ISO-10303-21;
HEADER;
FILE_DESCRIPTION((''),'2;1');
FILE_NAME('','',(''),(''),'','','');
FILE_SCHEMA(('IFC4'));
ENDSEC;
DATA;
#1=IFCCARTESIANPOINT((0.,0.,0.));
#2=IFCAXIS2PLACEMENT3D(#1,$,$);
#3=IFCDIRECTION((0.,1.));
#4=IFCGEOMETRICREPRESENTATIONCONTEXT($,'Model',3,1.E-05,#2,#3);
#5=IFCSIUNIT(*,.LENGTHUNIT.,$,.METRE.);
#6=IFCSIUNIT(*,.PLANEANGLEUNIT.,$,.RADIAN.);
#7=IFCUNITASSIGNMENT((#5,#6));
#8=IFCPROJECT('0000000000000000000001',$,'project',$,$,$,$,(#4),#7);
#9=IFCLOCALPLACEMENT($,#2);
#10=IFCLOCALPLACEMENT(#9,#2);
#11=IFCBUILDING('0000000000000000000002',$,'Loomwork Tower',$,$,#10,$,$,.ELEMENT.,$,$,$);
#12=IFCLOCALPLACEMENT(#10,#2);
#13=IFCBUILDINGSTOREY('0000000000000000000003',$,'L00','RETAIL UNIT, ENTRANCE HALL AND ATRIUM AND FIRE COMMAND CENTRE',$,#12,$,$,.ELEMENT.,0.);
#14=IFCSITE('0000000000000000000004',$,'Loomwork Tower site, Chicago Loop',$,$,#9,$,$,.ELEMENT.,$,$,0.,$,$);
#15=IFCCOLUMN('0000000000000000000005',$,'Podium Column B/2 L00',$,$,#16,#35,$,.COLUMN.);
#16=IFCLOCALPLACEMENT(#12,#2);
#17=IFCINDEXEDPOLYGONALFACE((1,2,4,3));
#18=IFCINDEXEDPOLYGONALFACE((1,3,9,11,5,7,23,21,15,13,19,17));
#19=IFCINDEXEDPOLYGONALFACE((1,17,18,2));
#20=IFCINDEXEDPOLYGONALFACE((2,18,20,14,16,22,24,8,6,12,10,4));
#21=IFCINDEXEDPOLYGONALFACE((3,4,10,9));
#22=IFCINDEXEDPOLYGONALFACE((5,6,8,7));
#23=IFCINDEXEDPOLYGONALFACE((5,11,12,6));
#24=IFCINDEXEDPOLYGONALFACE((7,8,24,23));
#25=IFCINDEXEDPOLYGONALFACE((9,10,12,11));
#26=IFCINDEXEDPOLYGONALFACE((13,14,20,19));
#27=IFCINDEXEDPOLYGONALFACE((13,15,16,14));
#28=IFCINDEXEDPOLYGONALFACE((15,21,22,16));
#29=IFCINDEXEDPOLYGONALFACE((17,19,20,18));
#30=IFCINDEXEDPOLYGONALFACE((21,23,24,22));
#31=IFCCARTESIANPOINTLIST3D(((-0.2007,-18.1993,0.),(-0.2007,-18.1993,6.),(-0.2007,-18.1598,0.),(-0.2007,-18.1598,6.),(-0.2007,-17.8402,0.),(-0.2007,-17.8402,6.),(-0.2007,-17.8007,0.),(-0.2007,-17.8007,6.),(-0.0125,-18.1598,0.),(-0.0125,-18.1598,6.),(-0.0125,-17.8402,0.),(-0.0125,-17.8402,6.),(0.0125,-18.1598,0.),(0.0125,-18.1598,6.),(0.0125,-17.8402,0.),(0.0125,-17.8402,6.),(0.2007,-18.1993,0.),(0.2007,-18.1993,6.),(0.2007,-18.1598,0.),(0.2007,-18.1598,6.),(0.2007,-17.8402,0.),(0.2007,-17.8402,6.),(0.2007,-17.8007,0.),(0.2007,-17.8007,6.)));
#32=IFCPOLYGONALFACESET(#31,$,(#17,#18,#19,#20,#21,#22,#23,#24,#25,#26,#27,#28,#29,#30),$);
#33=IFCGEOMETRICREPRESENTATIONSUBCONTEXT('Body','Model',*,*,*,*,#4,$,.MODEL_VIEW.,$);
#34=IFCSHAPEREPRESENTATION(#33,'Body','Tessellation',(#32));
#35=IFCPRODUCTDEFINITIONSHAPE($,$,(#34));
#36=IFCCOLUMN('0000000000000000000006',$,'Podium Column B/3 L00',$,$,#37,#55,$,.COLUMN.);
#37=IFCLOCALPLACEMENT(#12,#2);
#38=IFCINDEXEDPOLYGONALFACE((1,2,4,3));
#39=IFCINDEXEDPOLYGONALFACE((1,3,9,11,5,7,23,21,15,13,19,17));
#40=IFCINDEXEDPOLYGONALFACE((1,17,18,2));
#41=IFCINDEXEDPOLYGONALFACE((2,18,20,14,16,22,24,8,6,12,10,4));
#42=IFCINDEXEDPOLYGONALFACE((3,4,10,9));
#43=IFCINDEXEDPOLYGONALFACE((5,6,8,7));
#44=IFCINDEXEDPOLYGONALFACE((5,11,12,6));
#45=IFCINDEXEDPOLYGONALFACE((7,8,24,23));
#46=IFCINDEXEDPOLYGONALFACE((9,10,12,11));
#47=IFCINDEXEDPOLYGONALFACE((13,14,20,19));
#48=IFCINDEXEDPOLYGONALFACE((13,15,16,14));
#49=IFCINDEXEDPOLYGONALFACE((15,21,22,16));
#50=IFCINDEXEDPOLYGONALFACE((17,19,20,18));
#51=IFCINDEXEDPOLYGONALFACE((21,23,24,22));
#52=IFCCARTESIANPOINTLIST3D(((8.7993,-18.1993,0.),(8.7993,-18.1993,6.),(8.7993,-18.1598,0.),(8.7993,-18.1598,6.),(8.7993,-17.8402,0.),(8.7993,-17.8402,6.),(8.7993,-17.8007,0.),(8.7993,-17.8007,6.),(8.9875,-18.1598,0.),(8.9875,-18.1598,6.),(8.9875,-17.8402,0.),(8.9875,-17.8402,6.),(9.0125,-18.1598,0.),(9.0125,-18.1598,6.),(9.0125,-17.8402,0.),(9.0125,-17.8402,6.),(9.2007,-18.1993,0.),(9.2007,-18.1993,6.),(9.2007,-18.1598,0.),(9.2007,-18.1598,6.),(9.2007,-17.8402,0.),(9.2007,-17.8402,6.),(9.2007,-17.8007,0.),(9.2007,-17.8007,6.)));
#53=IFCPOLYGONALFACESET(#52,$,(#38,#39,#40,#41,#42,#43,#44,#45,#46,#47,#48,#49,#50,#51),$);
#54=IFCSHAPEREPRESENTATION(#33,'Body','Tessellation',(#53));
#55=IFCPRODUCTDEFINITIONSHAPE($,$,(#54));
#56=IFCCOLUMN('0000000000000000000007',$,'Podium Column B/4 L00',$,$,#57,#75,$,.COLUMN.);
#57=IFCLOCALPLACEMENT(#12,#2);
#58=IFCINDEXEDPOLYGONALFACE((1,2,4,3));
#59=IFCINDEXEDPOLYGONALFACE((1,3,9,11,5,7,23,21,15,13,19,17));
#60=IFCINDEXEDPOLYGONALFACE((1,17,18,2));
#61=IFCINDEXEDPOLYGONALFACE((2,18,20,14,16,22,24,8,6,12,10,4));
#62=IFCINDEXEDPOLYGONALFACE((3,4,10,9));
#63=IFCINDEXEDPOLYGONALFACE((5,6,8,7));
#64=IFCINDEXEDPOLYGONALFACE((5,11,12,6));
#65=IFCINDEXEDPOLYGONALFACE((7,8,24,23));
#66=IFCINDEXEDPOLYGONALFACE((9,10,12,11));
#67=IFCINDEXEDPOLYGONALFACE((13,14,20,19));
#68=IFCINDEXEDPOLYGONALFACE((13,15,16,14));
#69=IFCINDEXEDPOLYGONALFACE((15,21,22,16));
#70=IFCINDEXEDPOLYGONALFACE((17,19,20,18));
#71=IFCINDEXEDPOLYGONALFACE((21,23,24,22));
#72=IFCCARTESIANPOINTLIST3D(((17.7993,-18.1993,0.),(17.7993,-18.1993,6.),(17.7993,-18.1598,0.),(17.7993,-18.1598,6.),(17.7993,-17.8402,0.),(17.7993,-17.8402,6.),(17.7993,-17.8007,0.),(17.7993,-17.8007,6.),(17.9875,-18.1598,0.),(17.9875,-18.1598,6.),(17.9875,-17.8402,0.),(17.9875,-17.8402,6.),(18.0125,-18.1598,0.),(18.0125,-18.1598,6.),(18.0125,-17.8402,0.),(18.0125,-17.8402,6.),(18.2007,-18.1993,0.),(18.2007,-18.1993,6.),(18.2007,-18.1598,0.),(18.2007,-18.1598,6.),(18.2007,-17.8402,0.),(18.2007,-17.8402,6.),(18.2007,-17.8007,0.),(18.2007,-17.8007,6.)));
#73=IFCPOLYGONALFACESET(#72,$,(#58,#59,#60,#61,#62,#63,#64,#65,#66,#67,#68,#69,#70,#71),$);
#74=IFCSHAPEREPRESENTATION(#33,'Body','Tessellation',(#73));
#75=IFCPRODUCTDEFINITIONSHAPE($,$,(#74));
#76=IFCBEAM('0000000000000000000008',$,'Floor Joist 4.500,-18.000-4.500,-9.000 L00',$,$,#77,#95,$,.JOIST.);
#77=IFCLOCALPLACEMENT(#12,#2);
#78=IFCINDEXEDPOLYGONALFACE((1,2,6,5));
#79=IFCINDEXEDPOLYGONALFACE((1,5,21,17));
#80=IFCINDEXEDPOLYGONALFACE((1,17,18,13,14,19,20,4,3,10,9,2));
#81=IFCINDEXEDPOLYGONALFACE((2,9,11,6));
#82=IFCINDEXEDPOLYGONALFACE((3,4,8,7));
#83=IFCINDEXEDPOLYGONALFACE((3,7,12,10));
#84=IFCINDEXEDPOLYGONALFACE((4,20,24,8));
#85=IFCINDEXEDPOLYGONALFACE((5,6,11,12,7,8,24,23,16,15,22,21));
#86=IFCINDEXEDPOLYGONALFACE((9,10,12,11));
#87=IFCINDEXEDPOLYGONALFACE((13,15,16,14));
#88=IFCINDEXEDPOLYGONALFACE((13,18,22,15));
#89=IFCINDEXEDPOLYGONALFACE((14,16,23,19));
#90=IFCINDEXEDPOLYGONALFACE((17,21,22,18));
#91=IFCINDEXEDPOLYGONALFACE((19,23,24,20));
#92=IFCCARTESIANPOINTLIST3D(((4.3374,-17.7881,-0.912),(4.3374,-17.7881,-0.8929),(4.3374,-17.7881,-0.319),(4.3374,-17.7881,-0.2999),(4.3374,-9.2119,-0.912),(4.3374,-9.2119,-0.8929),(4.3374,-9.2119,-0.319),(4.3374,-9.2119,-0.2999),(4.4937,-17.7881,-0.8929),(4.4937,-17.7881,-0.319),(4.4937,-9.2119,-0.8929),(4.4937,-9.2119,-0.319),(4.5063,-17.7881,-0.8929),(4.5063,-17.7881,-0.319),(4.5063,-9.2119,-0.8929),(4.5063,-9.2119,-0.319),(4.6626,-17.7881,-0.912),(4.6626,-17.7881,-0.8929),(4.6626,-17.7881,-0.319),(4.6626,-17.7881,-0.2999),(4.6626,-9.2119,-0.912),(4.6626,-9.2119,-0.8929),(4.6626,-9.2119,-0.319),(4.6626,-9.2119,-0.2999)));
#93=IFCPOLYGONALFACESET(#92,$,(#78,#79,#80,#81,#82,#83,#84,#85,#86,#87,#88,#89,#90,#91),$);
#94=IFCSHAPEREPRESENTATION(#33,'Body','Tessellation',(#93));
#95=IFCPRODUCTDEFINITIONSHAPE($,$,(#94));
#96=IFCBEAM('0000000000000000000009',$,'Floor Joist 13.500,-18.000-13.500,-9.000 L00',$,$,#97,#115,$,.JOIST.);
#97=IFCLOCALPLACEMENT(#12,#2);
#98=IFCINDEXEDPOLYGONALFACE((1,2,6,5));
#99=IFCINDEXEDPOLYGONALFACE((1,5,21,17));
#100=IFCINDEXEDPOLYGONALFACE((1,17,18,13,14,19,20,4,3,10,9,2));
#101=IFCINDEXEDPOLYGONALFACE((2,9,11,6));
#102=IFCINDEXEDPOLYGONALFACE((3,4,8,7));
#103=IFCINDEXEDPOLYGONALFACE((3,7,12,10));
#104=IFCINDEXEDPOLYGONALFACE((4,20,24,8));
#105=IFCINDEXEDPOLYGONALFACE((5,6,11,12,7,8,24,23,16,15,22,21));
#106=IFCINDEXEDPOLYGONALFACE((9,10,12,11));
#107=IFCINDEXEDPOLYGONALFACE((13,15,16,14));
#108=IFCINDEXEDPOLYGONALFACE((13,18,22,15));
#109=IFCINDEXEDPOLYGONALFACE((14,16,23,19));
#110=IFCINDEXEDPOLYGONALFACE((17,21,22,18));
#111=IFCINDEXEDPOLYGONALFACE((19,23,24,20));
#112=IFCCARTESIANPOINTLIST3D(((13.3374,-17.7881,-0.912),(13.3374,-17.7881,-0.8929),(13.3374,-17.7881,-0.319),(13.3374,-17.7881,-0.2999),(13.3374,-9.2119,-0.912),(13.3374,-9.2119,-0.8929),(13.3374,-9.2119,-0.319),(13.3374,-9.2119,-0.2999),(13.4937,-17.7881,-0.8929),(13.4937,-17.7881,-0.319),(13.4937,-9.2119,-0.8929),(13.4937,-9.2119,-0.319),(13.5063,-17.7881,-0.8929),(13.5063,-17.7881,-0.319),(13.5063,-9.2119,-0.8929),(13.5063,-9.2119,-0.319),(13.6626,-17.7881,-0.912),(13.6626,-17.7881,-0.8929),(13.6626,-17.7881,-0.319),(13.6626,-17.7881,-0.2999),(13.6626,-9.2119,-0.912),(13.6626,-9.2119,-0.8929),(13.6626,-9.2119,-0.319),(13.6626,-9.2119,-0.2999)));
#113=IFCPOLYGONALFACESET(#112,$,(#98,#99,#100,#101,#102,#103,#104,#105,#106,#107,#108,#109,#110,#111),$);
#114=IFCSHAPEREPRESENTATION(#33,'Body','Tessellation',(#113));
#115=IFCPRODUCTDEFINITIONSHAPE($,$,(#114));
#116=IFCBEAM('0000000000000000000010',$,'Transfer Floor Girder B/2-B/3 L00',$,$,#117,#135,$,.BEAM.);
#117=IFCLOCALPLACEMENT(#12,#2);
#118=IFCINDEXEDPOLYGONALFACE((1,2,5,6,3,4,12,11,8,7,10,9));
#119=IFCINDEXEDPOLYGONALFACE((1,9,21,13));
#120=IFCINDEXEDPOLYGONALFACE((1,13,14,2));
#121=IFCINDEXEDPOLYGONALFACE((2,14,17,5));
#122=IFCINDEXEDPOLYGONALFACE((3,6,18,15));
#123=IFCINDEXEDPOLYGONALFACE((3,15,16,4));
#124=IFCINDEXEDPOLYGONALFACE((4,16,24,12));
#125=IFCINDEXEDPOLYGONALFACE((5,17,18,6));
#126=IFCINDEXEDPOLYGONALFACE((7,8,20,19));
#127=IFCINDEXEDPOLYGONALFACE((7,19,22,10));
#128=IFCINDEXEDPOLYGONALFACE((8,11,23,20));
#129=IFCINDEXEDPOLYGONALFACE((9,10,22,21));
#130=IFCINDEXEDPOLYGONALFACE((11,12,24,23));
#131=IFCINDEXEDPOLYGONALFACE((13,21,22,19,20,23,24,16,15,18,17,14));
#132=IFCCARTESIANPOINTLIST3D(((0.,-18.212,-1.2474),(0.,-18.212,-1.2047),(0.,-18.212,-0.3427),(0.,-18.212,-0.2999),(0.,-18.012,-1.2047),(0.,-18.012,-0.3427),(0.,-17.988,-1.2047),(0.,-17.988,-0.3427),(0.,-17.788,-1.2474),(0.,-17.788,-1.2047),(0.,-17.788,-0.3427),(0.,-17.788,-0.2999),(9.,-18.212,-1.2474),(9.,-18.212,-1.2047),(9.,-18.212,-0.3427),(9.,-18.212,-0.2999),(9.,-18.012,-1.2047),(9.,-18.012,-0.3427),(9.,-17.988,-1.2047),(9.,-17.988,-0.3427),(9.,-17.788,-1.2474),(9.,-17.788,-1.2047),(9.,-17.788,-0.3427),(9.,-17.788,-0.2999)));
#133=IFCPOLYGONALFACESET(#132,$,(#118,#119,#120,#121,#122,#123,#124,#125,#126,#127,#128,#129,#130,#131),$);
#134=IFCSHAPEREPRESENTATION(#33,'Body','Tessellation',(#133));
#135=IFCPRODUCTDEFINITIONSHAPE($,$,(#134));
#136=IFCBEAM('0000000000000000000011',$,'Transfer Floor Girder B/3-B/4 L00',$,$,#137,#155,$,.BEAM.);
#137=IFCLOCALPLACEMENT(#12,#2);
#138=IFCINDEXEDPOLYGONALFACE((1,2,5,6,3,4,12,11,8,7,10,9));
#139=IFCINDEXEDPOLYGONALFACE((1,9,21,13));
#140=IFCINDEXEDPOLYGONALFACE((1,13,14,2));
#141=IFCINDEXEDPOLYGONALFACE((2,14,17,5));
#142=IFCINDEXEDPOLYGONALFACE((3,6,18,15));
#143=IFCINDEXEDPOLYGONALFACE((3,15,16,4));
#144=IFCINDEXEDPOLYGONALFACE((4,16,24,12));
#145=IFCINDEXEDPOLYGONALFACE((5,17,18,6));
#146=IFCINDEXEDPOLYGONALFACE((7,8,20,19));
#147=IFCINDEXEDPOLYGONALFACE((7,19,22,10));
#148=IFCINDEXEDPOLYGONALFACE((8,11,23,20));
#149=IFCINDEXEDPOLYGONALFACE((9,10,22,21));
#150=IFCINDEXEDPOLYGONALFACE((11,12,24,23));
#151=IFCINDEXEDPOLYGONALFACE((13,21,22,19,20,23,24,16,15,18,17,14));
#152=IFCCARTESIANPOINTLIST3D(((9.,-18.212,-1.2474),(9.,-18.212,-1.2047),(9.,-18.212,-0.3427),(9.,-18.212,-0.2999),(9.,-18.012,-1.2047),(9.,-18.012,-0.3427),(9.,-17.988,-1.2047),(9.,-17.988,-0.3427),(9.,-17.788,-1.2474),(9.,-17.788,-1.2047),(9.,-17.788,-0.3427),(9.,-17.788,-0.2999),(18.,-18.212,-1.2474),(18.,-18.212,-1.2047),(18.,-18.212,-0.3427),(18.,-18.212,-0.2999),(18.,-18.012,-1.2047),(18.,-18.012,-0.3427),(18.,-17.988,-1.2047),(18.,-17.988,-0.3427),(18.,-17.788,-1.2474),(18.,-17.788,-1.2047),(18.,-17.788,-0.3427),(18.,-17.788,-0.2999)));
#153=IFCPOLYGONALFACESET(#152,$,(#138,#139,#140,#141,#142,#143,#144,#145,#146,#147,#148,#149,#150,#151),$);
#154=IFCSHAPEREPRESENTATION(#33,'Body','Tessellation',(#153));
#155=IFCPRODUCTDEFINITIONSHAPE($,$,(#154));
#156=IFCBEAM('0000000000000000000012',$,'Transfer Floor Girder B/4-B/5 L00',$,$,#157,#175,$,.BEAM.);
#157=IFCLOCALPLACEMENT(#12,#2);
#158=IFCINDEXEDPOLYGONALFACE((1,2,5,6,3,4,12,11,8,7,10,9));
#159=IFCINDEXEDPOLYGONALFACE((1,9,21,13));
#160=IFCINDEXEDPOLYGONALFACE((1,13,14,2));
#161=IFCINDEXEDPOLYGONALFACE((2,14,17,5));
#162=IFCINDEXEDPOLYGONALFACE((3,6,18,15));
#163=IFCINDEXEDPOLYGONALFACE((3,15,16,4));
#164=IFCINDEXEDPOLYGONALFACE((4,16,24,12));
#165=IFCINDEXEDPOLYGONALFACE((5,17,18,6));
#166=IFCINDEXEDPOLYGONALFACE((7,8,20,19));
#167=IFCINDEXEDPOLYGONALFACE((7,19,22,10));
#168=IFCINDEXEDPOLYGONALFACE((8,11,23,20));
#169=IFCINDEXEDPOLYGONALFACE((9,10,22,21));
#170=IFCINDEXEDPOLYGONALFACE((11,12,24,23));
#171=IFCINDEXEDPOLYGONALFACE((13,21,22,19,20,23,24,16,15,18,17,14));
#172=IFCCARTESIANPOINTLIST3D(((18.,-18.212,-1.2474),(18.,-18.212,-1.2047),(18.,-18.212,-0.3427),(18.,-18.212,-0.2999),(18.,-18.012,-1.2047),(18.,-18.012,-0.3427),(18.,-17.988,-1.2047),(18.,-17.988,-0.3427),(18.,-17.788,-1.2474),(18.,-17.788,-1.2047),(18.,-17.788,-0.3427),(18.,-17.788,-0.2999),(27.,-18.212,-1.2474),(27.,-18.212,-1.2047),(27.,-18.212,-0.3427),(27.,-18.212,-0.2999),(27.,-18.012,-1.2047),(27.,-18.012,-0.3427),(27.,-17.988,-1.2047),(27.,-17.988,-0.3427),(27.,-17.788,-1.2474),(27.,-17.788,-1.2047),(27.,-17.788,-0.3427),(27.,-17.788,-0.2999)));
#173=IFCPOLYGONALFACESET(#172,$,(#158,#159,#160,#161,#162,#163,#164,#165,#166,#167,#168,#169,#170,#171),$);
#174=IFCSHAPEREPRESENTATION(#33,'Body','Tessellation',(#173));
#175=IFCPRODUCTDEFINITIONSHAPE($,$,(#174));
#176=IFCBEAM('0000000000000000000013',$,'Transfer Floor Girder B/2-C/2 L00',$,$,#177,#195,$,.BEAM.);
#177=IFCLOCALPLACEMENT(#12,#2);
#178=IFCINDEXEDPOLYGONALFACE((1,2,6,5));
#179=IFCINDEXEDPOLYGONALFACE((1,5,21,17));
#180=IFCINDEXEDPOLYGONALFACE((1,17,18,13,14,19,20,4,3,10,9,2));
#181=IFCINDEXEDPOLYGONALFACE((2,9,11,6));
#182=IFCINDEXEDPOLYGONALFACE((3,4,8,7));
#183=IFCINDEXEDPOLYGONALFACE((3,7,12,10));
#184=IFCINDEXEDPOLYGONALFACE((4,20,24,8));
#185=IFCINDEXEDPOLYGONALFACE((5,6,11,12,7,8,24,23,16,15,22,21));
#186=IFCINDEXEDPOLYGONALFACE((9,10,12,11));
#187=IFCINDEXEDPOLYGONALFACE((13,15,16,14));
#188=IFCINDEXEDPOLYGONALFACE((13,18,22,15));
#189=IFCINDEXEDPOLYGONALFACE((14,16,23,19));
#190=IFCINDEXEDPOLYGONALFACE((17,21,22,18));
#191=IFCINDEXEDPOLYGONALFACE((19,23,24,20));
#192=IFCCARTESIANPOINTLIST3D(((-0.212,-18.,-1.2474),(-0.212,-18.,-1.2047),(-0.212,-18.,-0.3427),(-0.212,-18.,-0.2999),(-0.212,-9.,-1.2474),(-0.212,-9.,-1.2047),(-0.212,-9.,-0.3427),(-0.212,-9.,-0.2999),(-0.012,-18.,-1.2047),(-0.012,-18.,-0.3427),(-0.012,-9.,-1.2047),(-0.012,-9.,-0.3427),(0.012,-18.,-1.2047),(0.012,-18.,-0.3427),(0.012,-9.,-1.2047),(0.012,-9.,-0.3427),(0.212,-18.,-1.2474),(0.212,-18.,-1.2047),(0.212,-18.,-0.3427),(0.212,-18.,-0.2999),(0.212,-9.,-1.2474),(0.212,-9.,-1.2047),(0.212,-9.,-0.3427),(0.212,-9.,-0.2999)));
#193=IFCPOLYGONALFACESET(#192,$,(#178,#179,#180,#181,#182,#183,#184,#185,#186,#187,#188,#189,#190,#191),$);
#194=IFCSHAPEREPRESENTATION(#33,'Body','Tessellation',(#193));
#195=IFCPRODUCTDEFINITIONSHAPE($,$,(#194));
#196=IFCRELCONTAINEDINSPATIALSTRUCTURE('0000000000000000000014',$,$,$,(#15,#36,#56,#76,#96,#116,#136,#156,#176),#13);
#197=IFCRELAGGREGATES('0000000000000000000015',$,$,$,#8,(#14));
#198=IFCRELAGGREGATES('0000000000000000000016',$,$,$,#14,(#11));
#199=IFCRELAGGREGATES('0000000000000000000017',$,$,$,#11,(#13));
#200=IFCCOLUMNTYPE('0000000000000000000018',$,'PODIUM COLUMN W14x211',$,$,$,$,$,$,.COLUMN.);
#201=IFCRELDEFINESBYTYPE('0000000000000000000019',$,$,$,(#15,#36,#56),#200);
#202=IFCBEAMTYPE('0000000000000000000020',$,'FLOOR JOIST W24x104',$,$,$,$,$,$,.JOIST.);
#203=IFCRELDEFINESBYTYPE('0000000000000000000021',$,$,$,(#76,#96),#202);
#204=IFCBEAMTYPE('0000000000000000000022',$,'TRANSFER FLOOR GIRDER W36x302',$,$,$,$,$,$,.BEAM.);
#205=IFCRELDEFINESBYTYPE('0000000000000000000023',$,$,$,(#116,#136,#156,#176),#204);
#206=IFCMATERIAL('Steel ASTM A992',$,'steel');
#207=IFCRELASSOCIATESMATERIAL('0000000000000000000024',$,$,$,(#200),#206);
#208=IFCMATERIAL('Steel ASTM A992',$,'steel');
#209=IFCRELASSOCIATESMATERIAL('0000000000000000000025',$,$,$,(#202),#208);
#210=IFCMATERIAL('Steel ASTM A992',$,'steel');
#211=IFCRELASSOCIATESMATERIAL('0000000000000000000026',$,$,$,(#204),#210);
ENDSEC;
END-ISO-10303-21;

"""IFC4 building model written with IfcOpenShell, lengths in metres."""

from ifc_helpers import new_model, si_unit, direction, frame, origin, origin_2d, place, context, subcontext, project, spatial, i_section, extrude, material, material_profile, profile_set, type_object, element, save


model = new_model("IFC4")

# Units and contexts
model_context = context("Model", 3, precision=1e-05, world=origin(), true_north=direction((0.0, 1.0)))
body_context = subcontext(model_context, "Body", "Model", "MODEL_VIEW")
ifc_project = project(units=[si_unit("LENGTHUNIT", "METRE"), si_unit("PLANEANGLEUNIT", "RADIAN")], contexts=[model_context])

# Site, building, storey
site_placement = place(None, origin())
site = spatial("IfcSite", under=ifc_project, at=site_placement, Name="Loomwork Tower site, Chicago Loop", CompositionType="ELEMENT", RefElevation=0.0)
building_placement = place(site_placement, origin())
building = spatial("IfcBuilding", under=site, at=building_placement, Name="Loomwork Tower", CompositionType="ELEMENT")
storey_placement = place(building_placement, origin())
storey = spatial("IfcBuildingStorey", under=building, at=storey_placement, Name="L00", Description="RETAIL UNIT, ENTRANCE HALL AND ATRIUM AND FIRE COMMAND CENTRE", CompositionType="ELEMENT", Elevation=0.0)

# Columns
ifc_material_1 = material(Name="Steel ASTM A992", Category="steel")
ifc_material_profile_1 = material_profile(ifc_material_1, i_section(OverallWidth=0.4014, OverallDepth=0.3987, WebThickness=0.0249, FlangeThickness=0.0396, at=origin_2d()), Name="W14x211")
ifc_profile_set_1 = profile_set([ifc_material_profile_1], Name="Steel ASTM A992")
column_type = type_object("IfcColumnType", Name="PODIUM COLUMN W14x211", PredefinedType="COLUMN", material=ifc_profile_set_1)
for number, where, z_axis, x_axis, name in (
    (1, (0.0, -18.0, 0.0), (0.0, 0.0, 1.0), (1.0, 0.0, 0.0), "Podium Column B/2 L00"),
    (2, (9.0, -18.0, 0.0), (0.0, 0.0, 1.0), (1.0, 0.0, 0.0), "Podium Column B/3 L00"),
    (3, (18.0, -18.0, 0.0), (0.0, 0.0, 1.0), (1.0, 0.0, 0.0), "Podium Column B/4 L00"),
):
    element("IfcColumn", number, at=place(storey_placement, frame(where, z_axis=z_axis, x_axis=x_axis)), inside=storey, type_object=column_type, Name=name, PredefinedType="COLUMN", context=body_context, shape_type="SweptSolid", body=[
        extrude(i_section(OverallWidth=0.4014, OverallDepth=0.3987, WebThickness=0.0249, FlangeThickness=0.0396, at=origin_2d()), origin(), (0.0, 0.0, 1.0), 6.0),
    ])

# Beams
ifc_material_2 = material(Name="Steel ASTM A992", Category="steel")
ifc_material_profile_2 = material_profile(ifc_material_2, i_section(OverallWidth=0.3252, OverallDepth=0.6121, WebThickness=0.0127, FlangeThickness=0.019, at=origin_2d()), Name="W24x104")
ifc_profile_set_2 = profile_set([ifc_material_profile_2], Name="Steel ASTM A992")
beam_type_1 = type_object("IfcBeamType", Name="FLOOR JOIST W24x104", PredefinedType="JOIST", material=ifc_profile_set_2)
for number, where, z_axis, x_axis, name in (
    (4, (4.5, -17.7881, -0.606), (0.0, 1.0, 0.0), (-1.0, 0.0, 0.0), "Floor Joist 4.500,-18.000-4.500,-9.000 L00"),
    (5, (13.5, -17.7881, -0.606), (0.0, 1.0, 0.0), (-1.0, 0.0, 0.0), "Floor Joist 13.500,-18.000-13.500,-9.000 L00"),
):
    element("IfcBeam", number, at=place(storey_placement, frame(where, z_axis=z_axis, x_axis=x_axis)), inside=storey, type_object=beam_type_1, Name=name, PredefinedType="JOIST", context=body_context, shape_type="SweptSolid", body=[
        extrude(i_section(OverallWidth=0.3252, OverallDepth=0.6121, WebThickness=0.0127, FlangeThickness=0.019, at=origin_2d()), origin(), (0.0, 0.0, 1.0), 8.5762),
    ])
ifc_material_3 = material(Name="Steel ASTM A992", Category="steel")
ifc_material_profile_3 = material_profile(ifc_material_3, i_section(OverallWidth=0.4241, OverallDepth=0.9475, WebThickness=0.0239, FlangeThickness=0.0427, at=origin_2d()), Name="W36x302")
ifc_profile_set_3 = profile_set([ifc_material_profile_3], Name="Steel ASTM A992")
beam_type_2 = type_object("IfcBeamType", Name="TRANSFER FLOOR GIRDER W36x302", PredefinedType="BEAM", material=ifc_profile_set_3)
for number, where, z_axis, x_axis, name in (
    (6, (0.0, -18.0, -0.7737), (1.0, 0.0, 0.0), (0.0, 1.0, 0.0), "Transfer Floor Girder B/2-B/3 L00"),
    (7, (9.0, -18.0, -0.7737), (1.0, 0.0, 0.0), (0.0, 1.0, 0.0), "Transfer Floor Girder B/3-B/4 L00"),
    (8, (18.0, -18.0, -0.7737), (1.0, 0.0, 0.0), (0.0, 1.0, 0.0), "Transfer Floor Girder B/4-B/5 L00"),
    (9, (0.0, -18.0, -0.7737), (0.0, 1.0, 0.0), (-1.0, 0.0, 0.0), "Transfer Floor Girder B/2-C/2 L00"),
):
    element("IfcBeam", number, at=place(storey_placement, frame(where, z_axis=z_axis, x_axis=x_axis)), inside=storey, type_object=beam_type_2, Name=name, PredefinedType="BEAM", context=body_context, shape_type="SweptSolid", body=[
        extrude(i_section(OverallWidth=0.4241, OverallDepth=0.9475, WebThickness=0.0239, FlangeThickness=0.0427, at=origin_2d()), origin(), (0.0, 0.0, 1.0), 9.0),
    ])

save(model, "model.ifc")
